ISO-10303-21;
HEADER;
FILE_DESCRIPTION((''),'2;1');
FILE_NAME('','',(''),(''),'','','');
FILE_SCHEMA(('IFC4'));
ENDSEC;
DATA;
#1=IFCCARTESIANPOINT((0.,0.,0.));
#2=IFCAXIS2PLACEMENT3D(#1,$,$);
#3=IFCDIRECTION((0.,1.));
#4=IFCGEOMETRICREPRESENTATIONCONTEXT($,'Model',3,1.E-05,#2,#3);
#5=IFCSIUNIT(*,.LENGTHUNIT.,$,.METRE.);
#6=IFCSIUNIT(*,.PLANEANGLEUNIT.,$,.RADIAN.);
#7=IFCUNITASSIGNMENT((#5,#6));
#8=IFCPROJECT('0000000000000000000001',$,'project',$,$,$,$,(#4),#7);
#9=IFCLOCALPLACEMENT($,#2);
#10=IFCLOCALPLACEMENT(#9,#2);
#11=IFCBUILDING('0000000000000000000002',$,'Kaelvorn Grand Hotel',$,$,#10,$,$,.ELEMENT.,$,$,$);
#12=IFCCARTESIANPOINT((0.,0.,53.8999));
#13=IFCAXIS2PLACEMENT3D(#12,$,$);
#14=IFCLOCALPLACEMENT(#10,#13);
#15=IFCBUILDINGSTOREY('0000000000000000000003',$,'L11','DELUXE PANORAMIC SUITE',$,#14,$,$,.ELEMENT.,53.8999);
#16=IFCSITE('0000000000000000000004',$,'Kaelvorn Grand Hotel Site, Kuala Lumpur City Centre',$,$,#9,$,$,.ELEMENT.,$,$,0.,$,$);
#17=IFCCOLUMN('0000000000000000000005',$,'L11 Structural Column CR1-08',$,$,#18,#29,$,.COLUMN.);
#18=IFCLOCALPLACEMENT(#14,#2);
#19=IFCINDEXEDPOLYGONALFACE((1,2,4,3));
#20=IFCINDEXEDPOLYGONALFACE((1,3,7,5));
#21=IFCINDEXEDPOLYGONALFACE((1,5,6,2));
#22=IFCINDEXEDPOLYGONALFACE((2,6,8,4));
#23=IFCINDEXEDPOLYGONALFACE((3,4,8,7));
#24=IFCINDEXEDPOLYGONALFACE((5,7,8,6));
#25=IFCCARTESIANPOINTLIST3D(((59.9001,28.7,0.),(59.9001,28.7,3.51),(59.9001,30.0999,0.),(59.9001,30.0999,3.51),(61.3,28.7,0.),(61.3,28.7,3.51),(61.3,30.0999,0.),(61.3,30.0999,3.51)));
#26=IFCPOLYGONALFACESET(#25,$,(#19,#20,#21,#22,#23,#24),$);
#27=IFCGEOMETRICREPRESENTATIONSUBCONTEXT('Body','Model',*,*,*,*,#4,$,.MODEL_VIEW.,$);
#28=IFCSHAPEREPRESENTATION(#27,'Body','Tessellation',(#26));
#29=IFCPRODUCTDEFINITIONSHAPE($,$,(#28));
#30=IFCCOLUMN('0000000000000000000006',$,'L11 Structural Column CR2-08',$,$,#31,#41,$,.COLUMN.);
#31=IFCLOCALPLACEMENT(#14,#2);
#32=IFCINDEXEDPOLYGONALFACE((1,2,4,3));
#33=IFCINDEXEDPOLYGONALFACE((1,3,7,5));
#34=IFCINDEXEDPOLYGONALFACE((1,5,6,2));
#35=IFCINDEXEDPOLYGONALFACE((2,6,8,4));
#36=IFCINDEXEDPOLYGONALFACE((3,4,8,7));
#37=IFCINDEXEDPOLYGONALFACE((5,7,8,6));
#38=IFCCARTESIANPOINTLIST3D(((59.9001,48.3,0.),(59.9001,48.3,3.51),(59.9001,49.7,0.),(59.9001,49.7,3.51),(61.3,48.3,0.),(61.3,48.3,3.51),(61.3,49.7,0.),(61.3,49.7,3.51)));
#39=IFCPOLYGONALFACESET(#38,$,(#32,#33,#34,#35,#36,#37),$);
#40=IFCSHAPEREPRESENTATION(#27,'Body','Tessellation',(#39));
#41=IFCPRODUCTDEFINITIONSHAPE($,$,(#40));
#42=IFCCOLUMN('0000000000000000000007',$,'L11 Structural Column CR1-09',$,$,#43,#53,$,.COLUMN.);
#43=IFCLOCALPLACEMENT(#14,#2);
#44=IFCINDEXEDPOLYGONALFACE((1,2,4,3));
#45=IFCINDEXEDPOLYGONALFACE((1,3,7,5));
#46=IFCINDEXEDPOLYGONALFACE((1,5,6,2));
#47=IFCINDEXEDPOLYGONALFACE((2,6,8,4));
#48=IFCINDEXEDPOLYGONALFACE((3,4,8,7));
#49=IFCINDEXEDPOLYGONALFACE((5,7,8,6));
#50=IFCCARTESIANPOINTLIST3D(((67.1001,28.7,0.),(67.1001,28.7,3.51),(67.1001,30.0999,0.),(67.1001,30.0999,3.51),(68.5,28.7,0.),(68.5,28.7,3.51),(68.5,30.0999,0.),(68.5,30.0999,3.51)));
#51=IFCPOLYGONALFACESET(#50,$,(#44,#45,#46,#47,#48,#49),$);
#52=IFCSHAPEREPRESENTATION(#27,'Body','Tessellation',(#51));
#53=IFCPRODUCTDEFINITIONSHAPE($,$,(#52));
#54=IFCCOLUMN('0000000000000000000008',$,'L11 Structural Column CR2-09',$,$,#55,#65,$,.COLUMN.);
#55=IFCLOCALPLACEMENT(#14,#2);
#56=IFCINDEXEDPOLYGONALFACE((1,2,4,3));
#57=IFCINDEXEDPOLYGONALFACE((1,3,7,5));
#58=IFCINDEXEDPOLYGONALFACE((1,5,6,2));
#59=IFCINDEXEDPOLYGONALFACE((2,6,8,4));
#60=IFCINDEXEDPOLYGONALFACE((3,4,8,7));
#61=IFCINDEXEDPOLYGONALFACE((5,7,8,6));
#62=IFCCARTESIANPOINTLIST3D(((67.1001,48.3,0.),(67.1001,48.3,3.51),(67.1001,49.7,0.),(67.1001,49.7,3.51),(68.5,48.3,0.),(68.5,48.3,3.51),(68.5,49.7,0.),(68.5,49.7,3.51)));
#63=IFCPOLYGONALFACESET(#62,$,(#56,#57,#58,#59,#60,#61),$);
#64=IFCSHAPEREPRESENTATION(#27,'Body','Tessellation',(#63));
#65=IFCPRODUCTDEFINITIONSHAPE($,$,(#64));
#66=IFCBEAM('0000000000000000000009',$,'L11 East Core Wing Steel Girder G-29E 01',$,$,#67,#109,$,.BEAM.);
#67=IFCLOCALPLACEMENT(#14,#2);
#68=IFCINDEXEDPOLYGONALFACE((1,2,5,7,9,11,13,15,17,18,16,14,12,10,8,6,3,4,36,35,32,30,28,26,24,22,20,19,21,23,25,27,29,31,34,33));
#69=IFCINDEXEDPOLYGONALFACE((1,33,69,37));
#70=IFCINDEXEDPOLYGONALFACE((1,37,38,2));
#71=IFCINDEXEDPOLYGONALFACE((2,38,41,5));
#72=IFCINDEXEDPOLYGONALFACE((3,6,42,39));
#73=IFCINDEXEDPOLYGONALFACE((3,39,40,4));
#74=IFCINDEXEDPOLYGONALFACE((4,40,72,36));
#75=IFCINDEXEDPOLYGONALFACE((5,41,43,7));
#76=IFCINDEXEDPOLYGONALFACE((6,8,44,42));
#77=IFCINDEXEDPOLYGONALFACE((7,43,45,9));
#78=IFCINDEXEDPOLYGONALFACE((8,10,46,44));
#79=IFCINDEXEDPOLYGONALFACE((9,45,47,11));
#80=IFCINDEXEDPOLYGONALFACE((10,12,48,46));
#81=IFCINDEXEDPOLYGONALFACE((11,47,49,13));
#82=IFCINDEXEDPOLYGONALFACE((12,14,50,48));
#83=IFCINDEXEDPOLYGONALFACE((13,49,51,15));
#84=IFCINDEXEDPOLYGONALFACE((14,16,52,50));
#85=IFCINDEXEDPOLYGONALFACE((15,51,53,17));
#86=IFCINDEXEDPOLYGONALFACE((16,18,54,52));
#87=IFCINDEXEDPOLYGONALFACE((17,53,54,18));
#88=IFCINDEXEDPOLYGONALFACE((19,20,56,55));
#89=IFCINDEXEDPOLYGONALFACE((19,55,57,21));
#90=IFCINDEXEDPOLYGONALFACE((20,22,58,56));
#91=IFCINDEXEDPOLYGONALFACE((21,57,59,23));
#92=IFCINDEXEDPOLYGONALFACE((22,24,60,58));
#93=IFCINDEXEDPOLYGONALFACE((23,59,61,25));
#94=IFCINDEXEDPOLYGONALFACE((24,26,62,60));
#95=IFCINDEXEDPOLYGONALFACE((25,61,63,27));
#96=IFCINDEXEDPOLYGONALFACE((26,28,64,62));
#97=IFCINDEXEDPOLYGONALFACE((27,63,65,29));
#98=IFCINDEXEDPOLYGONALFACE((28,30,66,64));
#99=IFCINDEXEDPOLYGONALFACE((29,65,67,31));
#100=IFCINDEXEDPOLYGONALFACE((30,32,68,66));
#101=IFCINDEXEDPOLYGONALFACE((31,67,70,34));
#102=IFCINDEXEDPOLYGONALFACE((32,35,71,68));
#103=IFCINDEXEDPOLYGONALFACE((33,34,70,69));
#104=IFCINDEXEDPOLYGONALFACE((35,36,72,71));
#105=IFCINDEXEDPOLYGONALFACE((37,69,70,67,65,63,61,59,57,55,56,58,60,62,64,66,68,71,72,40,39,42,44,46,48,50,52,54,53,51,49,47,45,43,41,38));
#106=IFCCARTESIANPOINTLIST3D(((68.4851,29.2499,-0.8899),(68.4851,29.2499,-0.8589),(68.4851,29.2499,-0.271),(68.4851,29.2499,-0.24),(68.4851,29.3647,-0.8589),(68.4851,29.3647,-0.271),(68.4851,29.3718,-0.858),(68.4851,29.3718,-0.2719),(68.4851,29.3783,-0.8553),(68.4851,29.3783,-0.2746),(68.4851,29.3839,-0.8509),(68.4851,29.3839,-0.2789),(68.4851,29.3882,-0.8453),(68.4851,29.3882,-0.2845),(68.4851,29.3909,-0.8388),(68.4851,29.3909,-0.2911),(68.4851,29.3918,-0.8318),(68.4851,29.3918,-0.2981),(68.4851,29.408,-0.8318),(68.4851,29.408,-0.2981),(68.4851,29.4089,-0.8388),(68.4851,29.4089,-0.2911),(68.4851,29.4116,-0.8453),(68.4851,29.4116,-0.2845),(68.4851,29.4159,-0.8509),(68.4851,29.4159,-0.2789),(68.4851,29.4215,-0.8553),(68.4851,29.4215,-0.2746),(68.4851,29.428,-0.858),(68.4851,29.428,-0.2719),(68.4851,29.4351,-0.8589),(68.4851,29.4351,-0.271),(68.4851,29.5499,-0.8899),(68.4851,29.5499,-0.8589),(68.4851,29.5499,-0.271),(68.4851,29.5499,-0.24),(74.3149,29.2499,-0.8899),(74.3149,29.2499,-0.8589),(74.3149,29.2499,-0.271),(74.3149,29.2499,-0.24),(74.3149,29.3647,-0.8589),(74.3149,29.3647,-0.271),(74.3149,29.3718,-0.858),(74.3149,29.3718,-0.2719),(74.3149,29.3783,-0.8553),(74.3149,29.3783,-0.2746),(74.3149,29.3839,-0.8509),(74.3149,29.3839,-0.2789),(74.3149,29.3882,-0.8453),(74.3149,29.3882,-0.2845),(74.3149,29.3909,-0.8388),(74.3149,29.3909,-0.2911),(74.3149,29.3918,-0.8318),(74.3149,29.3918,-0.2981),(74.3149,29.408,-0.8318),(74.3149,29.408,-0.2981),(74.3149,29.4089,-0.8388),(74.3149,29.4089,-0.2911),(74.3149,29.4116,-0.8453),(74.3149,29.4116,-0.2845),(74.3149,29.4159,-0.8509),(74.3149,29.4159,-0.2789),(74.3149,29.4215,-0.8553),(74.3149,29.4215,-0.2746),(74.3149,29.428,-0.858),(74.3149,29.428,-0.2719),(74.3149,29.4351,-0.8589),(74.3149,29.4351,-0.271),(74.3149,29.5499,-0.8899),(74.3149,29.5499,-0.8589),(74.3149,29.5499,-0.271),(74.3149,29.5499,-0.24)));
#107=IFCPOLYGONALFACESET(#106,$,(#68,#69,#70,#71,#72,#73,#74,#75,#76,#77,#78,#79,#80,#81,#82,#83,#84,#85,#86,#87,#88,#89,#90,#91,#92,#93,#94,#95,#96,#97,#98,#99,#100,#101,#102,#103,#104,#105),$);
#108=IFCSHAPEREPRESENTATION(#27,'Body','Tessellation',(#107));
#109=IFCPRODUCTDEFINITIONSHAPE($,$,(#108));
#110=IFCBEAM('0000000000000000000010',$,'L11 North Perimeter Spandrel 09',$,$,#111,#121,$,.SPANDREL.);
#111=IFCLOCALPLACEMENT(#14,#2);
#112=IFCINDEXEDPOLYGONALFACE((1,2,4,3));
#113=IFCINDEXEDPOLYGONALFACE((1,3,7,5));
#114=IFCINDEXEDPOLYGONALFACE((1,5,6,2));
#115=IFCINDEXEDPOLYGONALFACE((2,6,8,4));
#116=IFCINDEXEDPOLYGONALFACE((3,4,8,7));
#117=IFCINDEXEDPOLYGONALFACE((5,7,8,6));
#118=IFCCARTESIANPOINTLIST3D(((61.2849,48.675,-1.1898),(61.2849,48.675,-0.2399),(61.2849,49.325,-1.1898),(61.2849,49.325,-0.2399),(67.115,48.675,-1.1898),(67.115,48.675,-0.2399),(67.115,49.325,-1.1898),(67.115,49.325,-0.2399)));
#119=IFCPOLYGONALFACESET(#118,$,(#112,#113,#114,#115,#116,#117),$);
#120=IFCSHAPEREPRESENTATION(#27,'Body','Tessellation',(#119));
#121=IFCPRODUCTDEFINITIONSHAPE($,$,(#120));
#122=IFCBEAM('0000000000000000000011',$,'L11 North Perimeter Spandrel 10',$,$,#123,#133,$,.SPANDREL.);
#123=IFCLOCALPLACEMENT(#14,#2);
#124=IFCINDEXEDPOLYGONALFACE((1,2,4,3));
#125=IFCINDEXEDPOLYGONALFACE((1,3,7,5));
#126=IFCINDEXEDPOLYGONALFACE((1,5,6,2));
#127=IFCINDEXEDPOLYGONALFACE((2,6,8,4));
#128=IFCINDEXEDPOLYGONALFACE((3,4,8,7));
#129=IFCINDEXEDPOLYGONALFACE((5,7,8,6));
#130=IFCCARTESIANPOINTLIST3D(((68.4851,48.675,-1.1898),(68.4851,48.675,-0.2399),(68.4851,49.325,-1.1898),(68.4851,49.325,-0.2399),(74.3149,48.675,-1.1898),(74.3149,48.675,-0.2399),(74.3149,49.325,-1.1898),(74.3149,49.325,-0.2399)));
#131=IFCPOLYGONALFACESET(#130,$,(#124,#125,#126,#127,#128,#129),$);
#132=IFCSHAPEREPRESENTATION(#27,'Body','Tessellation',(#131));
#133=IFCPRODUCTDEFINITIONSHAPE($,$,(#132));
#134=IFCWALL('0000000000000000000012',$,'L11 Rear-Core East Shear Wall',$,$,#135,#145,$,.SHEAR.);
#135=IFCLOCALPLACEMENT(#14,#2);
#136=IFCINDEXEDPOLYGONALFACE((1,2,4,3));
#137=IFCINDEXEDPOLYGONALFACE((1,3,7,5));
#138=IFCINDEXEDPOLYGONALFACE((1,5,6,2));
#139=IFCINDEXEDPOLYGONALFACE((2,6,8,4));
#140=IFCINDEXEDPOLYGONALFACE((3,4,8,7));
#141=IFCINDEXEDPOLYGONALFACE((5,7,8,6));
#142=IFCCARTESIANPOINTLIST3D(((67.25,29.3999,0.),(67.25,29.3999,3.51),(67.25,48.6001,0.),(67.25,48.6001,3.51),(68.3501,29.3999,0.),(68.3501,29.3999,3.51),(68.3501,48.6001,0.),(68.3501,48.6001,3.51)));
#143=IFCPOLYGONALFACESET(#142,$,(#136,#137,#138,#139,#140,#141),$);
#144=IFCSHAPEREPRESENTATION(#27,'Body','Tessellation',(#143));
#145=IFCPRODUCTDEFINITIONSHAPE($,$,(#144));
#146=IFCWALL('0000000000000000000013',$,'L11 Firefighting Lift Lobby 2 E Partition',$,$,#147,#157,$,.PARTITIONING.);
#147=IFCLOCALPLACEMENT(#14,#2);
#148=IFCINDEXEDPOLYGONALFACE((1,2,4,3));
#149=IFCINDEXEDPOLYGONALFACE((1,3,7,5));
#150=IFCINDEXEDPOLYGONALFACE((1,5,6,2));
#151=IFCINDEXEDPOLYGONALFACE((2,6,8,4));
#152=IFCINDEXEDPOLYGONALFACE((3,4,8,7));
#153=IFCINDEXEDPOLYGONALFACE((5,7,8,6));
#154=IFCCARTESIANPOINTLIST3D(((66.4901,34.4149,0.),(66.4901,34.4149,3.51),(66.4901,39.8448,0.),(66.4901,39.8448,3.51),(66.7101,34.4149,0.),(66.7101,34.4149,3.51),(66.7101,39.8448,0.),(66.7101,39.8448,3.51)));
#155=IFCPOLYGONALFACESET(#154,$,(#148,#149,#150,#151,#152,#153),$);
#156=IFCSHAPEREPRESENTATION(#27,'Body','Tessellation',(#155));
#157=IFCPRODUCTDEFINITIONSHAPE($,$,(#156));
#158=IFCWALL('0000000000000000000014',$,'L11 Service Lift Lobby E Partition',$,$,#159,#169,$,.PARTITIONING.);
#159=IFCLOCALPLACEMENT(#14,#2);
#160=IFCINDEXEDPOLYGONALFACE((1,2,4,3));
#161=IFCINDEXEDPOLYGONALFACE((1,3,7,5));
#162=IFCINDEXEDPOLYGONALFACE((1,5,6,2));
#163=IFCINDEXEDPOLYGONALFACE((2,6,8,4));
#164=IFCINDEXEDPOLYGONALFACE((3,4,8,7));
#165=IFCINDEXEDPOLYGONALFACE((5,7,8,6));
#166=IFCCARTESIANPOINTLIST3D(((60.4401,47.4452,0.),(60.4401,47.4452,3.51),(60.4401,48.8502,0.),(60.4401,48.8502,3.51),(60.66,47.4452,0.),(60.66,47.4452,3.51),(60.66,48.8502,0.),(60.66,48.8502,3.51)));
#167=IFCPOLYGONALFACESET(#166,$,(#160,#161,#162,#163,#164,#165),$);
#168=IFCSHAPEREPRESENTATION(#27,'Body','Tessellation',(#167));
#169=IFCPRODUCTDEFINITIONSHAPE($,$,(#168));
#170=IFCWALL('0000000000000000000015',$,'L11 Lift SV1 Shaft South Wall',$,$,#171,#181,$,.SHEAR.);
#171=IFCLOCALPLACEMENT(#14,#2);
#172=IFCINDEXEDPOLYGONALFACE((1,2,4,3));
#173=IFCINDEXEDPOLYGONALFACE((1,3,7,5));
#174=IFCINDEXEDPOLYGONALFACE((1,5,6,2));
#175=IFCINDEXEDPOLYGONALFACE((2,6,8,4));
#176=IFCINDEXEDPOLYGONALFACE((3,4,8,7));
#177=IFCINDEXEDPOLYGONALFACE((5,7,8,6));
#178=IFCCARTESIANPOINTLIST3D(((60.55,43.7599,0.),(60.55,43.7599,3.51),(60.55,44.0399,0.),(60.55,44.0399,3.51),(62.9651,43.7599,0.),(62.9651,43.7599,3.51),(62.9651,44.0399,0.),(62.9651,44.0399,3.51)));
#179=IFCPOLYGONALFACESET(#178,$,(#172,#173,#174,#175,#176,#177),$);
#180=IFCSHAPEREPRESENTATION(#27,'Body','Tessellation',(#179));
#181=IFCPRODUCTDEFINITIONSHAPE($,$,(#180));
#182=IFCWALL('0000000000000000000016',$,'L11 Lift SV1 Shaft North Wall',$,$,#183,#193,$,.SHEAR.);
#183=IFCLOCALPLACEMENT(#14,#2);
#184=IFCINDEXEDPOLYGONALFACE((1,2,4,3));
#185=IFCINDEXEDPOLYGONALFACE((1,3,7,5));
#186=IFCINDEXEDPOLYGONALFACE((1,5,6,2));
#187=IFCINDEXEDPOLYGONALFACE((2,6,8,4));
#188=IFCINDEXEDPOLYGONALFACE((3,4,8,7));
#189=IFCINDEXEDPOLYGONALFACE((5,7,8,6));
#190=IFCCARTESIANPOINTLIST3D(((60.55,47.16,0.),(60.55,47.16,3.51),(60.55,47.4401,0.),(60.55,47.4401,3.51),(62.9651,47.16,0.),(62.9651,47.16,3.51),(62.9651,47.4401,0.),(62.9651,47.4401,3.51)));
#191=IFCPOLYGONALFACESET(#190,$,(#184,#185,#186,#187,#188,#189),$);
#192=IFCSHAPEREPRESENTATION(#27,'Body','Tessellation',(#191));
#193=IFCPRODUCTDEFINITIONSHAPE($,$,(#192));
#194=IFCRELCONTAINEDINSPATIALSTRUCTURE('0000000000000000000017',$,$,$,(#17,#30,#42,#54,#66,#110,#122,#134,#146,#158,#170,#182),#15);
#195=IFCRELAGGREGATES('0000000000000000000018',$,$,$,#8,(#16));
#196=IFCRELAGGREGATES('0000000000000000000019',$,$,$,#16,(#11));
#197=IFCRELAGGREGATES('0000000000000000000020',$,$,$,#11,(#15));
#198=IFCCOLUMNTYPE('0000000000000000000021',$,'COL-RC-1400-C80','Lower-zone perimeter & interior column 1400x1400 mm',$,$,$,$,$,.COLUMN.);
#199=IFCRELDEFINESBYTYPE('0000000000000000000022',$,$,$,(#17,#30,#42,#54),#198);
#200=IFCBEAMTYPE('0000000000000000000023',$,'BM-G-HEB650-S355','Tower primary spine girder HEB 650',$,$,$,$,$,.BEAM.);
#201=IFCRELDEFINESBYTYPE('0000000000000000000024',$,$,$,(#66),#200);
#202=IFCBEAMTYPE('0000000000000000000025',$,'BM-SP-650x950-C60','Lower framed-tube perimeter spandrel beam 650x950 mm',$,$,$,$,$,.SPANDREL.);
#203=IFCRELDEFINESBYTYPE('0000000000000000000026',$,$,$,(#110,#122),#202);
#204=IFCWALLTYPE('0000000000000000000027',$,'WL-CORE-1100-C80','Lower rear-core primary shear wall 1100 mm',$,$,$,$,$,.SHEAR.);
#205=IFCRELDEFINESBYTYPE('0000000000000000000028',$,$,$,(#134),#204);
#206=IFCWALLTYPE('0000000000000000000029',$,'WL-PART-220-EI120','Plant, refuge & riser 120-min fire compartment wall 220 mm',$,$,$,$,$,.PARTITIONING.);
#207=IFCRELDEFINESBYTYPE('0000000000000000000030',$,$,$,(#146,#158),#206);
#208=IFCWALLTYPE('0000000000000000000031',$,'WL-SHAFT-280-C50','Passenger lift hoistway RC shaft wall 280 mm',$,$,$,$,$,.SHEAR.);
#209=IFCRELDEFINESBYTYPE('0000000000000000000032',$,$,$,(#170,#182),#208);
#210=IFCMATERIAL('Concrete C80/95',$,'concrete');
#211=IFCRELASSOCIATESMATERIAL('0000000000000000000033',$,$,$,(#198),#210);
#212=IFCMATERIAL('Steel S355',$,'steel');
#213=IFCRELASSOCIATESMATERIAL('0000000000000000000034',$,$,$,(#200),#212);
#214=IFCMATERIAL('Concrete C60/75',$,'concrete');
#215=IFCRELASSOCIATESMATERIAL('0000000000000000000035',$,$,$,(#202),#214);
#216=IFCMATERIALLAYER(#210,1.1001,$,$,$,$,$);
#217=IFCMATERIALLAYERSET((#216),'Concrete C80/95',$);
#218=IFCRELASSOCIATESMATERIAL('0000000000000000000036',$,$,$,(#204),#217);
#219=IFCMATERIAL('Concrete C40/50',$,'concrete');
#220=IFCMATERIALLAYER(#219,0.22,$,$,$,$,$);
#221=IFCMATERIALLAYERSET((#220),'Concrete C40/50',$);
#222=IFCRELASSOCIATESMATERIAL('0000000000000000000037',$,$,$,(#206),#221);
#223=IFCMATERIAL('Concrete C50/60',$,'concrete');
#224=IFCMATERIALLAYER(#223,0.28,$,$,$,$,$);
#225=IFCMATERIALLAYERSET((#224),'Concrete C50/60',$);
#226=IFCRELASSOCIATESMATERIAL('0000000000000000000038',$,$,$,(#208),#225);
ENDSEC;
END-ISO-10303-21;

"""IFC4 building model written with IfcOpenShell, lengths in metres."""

from ifc_helpers import new_model, si_unit, direction, frame, frame_2d, origin, origin_2d, place, context, subcontext, project, spatial, rectangle, i_section, extrude, material, layer, layer_set, material_profile, profile_set, type_object, element, save


model = new_model("IFC4")

# Units and contexts
model_context = context("Model", 3, precision=1e-05, world=origin(), true_north=direction((0.0, 1.0)))
body_context = subcontext(model_context, "Body", "Model", "MODEL_VIEW")
ifc_project = project(units=[si_unit("LENGTHUNIT", "METRE"), si_unit("PLANEANGLEUNIT", "RADIAN")], contexts=[model_context])

# Site, building, storey
site_placement = place(None, origin())
site = spatial("IfcSite", under=ifc_project, at=site_placement, Name="Kaelvorn Grand Hotel Site, Kuala Lumpur City Centre", CompositionType="ELEMENT", RefElevation=0.0)
building_placement = place(site_placement, origin())
building = spatial("IfcBuilding", under=site, at=building_placement, Name="Kaelvorn Grand Hotel", CompositionType="ELEMENT")
storey_placement = place(building_placement, frame((0.0, 0.0, 53.8999)))
storey = spatial("IfcBuildingStorey", under=building, at=storey_placement, Name="L11", Description="DELUXE PANORAMIC SUITE", CompositionType="ELEMENT", Elevation=53.8999)

# Columns
ifc_material_1 = material(Name="Concrete C80/95", Category="concrete")
ifc_material_profile_1 = material_profile(ifc_material_1, rectangle(XDim=1.3999, YDim=1.3999, at=origin_2d()), Name="RC COL 1400x1400")
ifc_profile_set_1 = profile_set([ifc_material_profile_1], Name="Concrete C80/95")
column_type = type_object("IfcColumnType", Name="COL-RC-1400-C80", Description="Lower-zone perimeter & interior column 1400x1400 mm", PredefinedType="COLUMN", material=ifc_profile_set_1)
for number, where, z_axis, x_axis, name in (
    (1, (60.6001, 29.3999, 0.0), (0.0, 0.0, 1.0), (1.0, 0.0, 0.0), "L11 Structural Column CR1-08"),
    (2, (60.6001, 49.0, 0.0), (0.0, 0.0, 1.0), (1.0, 0.0, 0.0), "L11 Structural Column CR2-08"),
    (3, (67.8, 29.3999, 0.0), (0.0, 0.0, 1.0), (1.0, 0.0, 0.0), "L11 Structural Column CR1-09"),
    (4, (67.8, 49.0, 0.0), (0.0, 0.0, 1.0), (1.0, 0.0, 0.0), "L11 Structural Column CR2-09"),
):
    element("IfcColumn", number, at=place(storey_placement, frame(where, z_axis=z_axis, x_axis=x_axis)), inside=storey, type_object=column_type, Name=name, PredefinedType="COLUMN", context=body_context, shape_type="SweptSolid", body=[
        extrude(rectangle(XDim=1.3999, YDim=1.3999, at=origin_2d()), origin(), (0.0, 0.0, 1.0), 3.51),
    ])

# Beams
ifc_material_2 = material(Name="Steel S355", Category="steel")
ifc_material_profile_2 = material_profile(ifc_material_2, i_section(OverallWidth=0.3, OverallDepth=0.6499, WebThickness=0.0161, FlangeThickness=0.031, FilletRadius=0.0271, at=origin_2d()), Name="HEB 650")
ifc_profile_set_2 = profile_set([ifc_material_profile_2], Name="Steel S355")
beam_type_1 = type_object("IfcBeamType", Name="BM-G-HEB650-S355", Description="Tower primary spine girder HEB 650", PredefinedType="BEAM", material=ifc_profile_set_2)
beam_1_placement = place(storey_placement, frame((68.4851, 29.3999, -0.5649), z_axis=(1.0, 0.0, 0.0), x_axis=(0.0, 1.0, 0.0)))
element("IfcBeam", 5, at=beam_1_placement, inside=storey, type_object=beam_type_1, Name="L11 East Core Wing Steel Girder G-29E 01", PredefinedType="BEAM", context=body_context, shape_type="SweptSolid", body=[
    extrude(i_section(OverallWidth=0.3, OverallDepth=0.6499, WebThickness=0.0161, FlangeThickness=0.031, FilletRadius=0.0271, at=origin_2d()), origin(), (0.0, 0.0, 1.0), 5.8298),
])
ifc_material_3 = material(Name="Concrete C60/75", Category="concrete")
ifc_material_profile_3 = material_profile(ifc_material_3, rectangle(XDim=0.6499, YDim=0.95, at=origin_2d()), Name="RC SPANDREL 650x950")
ifc_profile_set_3 = profile_set([ifc_material_profile_3], Name="Concrete C60/75")
beam_type_2 = type_object("IfcBeamType", Name="BM-SP-650x950-C60", Description="Lower framed-tube perimeter spandrel beam 650x950 mm", PredefinedType="SPANDREL", material=ifc_profile_set_3)
beam_2_placement = place(storey_placement, frame((61.2849, 49.0, -0.7148), z_axis=(1.0, 0.0, 0.0), x_axis=(0.0, 1.0, 0.0)))
element("IfcBeam", 6, at=beam_2_placement, inside=storey, type_object=beam_type_2, Name="L11 North Perimeter Spandrel 09", PredefinedType="SPANDREL", context=body_context, shape_type="SweptSolid", body=[
    extrude(rectangle(XDim=0.6499, YDim=0.95, at=origin_2d()), origin(), (0.0, 0.0, 1.0), 5.8301),
])
beam_3_placement = place(storey_placement, frame((68.4851, 49.0, -0.7148), z_axis=(1.0, 0.0, 0.0), x_axis=(0.0, 1.0, 0.0)))
element("IfcBeam", 7, at=beam_3_placement, inside=storey, type_object=beam_type_2, Name="L11 North Perimeter Spandrel 10", PredefinedType="SPANDREL", context=body_context, shape_type="SweptSolid", body=[
    extrude(rectangle(XDim=0.6499, YDim=0.95, at=origin_2d()), origin(), (0.0, 0.0, 1.0), 5.8298),
])

# Walls
ifc_layer_1 = layer(ifc_material_1, 1.1001)
ifc_layer_set_1 = layer_set([ifc_layer_1], Name="Concrete C80/95")
wall_type_1 = type_object("IfcWallType", Name="WL-CORE-1100-C80", Description="Lower rear-core primary shear wall 1100 mm", PredefinedType="SHEAR", material=ifc_layer_set_1)
wall_1_placement = place(storey_placement, frame((67.8, 29.3999, 0.0), z_axis=(0.0, 0.0, 1.0), x_axis=(0.0, 1.0, 0.0)))
element("IfcWall", 8, at=wall_1_placement, inside=storey, type_object=wall_type_1, Name="L11 Rear-Core East Shear Wall", PredefinedType="SHEAR", context=body_context, shape_type="SweptSolid", body=[
    extrude(rectangle(XDim=19.2002, YDim=1.1001, at=frame_2d((9.6001, 0.0))), origin(), (0.0, 0.0, 1.0), 3.51),
])
ifc_material_4 = material(Name="Concrete C40/50", Category="concrete")
ifc_layer_2 = layer(ifc_material_4, 0.22)
ifc_layer_set_2 = layer_set([ifc_layer_2], Name="Concrete C40/50")
wall_type_2 = type_object("IfcWallType", Name="WL-PART-220-EI120", Description="Plant, refuge & riser 120-min fire compartment wall 220 mm", PredefinedType="PARTITIONING", material=ifc_layer_set_2)
wall_2_placement = place(storey_placement, frame((66.6001, 34.415, 0.0), z_axis=(0.0, 0.0, 1.0), x_axis=(0.0, 1.0, 0.0)))
element("IfcWall", 9, at=wall_2_placement, inside=storey, type_object=wall_type_2, Name="L11 Firefighting Lift Lobby 2 E Partition", PredefinedType="PARTITIONING", context=body_context, shape_type="SweptSolid", body=[
    extrude(rectangle(XDim=5.4299, YDim=0.22, at=frame_2d((2.7148, 0.0))), origin(), (0.0, 0.0, 1.0), 3.51),
])
wall_3_placement = place(storey_placement, frame((60.55, 47.4451, 0.0), z_axis=(0.0, 0.0, 1.0), x_axis=(0.0, 1.0, 0.0)))
element("IfcWall", 10, at=wall_3_placement, inside=storey, type_object=wall_type_2, Name="L11 Service Lift Lobby E Partition", PredefinedType="PARTITIONING", context=body_context, shape_type="SweptSolid", body=[
    extrude(rectangle(XDim=1.405, YDim=0.22, at=frame_2d((0.7026, 0.0))), origin(), (0.0, 0.0, 1.0), 3.51),
])
ifc_material_5 = material(Name="Concrete C50/60", Category="concrete")
ifc_layer_3 = layer(ifc_material_5, 0.28)
ifc_layer_set_3 = layer_set([ifc_layer_3], Name="Concrete C50/60")
wall_type_3 = type_object("IfcWallType", Name="WL-SHAFT-280-C50", Description="Passenger lift hoistway RC shaft wall 280 mm", PredefinedType="SHEAR", material=ifc_layer_set_3)
for number, where, z_axis, x_axis, name in (
    (11, (60.55, 43.8999, 0.0), (0.0, 0.0, 1.0), (1.0, 0.0, 0.0), "L11 Lift SV1 Shaft South Wall"),
    (12, (60.55, 47.3, 0.0), (0.0, 0.0, 1.0), (1.0, 0.0, 0.0), "L11 Lift SV1 Shaft North Wall"),
):
    element("IfcWall", number, at=place(storey_placement, frame(where, z_axis=z_axis, x_axis=x_axis)), inside=storey, type_object=wall_type_3, Name=name, PredefinedType="SHEAR", context=body_context, shape_type="SweptSolid", body=[
        extrude(rectangle(XDim=2.415, YDim=0.28, at=frame_2d((1.2075, 0.0))), origin(), (0.0, 0.0, 1.0), 3.51),
    ])

save(model, "model.ifc")
